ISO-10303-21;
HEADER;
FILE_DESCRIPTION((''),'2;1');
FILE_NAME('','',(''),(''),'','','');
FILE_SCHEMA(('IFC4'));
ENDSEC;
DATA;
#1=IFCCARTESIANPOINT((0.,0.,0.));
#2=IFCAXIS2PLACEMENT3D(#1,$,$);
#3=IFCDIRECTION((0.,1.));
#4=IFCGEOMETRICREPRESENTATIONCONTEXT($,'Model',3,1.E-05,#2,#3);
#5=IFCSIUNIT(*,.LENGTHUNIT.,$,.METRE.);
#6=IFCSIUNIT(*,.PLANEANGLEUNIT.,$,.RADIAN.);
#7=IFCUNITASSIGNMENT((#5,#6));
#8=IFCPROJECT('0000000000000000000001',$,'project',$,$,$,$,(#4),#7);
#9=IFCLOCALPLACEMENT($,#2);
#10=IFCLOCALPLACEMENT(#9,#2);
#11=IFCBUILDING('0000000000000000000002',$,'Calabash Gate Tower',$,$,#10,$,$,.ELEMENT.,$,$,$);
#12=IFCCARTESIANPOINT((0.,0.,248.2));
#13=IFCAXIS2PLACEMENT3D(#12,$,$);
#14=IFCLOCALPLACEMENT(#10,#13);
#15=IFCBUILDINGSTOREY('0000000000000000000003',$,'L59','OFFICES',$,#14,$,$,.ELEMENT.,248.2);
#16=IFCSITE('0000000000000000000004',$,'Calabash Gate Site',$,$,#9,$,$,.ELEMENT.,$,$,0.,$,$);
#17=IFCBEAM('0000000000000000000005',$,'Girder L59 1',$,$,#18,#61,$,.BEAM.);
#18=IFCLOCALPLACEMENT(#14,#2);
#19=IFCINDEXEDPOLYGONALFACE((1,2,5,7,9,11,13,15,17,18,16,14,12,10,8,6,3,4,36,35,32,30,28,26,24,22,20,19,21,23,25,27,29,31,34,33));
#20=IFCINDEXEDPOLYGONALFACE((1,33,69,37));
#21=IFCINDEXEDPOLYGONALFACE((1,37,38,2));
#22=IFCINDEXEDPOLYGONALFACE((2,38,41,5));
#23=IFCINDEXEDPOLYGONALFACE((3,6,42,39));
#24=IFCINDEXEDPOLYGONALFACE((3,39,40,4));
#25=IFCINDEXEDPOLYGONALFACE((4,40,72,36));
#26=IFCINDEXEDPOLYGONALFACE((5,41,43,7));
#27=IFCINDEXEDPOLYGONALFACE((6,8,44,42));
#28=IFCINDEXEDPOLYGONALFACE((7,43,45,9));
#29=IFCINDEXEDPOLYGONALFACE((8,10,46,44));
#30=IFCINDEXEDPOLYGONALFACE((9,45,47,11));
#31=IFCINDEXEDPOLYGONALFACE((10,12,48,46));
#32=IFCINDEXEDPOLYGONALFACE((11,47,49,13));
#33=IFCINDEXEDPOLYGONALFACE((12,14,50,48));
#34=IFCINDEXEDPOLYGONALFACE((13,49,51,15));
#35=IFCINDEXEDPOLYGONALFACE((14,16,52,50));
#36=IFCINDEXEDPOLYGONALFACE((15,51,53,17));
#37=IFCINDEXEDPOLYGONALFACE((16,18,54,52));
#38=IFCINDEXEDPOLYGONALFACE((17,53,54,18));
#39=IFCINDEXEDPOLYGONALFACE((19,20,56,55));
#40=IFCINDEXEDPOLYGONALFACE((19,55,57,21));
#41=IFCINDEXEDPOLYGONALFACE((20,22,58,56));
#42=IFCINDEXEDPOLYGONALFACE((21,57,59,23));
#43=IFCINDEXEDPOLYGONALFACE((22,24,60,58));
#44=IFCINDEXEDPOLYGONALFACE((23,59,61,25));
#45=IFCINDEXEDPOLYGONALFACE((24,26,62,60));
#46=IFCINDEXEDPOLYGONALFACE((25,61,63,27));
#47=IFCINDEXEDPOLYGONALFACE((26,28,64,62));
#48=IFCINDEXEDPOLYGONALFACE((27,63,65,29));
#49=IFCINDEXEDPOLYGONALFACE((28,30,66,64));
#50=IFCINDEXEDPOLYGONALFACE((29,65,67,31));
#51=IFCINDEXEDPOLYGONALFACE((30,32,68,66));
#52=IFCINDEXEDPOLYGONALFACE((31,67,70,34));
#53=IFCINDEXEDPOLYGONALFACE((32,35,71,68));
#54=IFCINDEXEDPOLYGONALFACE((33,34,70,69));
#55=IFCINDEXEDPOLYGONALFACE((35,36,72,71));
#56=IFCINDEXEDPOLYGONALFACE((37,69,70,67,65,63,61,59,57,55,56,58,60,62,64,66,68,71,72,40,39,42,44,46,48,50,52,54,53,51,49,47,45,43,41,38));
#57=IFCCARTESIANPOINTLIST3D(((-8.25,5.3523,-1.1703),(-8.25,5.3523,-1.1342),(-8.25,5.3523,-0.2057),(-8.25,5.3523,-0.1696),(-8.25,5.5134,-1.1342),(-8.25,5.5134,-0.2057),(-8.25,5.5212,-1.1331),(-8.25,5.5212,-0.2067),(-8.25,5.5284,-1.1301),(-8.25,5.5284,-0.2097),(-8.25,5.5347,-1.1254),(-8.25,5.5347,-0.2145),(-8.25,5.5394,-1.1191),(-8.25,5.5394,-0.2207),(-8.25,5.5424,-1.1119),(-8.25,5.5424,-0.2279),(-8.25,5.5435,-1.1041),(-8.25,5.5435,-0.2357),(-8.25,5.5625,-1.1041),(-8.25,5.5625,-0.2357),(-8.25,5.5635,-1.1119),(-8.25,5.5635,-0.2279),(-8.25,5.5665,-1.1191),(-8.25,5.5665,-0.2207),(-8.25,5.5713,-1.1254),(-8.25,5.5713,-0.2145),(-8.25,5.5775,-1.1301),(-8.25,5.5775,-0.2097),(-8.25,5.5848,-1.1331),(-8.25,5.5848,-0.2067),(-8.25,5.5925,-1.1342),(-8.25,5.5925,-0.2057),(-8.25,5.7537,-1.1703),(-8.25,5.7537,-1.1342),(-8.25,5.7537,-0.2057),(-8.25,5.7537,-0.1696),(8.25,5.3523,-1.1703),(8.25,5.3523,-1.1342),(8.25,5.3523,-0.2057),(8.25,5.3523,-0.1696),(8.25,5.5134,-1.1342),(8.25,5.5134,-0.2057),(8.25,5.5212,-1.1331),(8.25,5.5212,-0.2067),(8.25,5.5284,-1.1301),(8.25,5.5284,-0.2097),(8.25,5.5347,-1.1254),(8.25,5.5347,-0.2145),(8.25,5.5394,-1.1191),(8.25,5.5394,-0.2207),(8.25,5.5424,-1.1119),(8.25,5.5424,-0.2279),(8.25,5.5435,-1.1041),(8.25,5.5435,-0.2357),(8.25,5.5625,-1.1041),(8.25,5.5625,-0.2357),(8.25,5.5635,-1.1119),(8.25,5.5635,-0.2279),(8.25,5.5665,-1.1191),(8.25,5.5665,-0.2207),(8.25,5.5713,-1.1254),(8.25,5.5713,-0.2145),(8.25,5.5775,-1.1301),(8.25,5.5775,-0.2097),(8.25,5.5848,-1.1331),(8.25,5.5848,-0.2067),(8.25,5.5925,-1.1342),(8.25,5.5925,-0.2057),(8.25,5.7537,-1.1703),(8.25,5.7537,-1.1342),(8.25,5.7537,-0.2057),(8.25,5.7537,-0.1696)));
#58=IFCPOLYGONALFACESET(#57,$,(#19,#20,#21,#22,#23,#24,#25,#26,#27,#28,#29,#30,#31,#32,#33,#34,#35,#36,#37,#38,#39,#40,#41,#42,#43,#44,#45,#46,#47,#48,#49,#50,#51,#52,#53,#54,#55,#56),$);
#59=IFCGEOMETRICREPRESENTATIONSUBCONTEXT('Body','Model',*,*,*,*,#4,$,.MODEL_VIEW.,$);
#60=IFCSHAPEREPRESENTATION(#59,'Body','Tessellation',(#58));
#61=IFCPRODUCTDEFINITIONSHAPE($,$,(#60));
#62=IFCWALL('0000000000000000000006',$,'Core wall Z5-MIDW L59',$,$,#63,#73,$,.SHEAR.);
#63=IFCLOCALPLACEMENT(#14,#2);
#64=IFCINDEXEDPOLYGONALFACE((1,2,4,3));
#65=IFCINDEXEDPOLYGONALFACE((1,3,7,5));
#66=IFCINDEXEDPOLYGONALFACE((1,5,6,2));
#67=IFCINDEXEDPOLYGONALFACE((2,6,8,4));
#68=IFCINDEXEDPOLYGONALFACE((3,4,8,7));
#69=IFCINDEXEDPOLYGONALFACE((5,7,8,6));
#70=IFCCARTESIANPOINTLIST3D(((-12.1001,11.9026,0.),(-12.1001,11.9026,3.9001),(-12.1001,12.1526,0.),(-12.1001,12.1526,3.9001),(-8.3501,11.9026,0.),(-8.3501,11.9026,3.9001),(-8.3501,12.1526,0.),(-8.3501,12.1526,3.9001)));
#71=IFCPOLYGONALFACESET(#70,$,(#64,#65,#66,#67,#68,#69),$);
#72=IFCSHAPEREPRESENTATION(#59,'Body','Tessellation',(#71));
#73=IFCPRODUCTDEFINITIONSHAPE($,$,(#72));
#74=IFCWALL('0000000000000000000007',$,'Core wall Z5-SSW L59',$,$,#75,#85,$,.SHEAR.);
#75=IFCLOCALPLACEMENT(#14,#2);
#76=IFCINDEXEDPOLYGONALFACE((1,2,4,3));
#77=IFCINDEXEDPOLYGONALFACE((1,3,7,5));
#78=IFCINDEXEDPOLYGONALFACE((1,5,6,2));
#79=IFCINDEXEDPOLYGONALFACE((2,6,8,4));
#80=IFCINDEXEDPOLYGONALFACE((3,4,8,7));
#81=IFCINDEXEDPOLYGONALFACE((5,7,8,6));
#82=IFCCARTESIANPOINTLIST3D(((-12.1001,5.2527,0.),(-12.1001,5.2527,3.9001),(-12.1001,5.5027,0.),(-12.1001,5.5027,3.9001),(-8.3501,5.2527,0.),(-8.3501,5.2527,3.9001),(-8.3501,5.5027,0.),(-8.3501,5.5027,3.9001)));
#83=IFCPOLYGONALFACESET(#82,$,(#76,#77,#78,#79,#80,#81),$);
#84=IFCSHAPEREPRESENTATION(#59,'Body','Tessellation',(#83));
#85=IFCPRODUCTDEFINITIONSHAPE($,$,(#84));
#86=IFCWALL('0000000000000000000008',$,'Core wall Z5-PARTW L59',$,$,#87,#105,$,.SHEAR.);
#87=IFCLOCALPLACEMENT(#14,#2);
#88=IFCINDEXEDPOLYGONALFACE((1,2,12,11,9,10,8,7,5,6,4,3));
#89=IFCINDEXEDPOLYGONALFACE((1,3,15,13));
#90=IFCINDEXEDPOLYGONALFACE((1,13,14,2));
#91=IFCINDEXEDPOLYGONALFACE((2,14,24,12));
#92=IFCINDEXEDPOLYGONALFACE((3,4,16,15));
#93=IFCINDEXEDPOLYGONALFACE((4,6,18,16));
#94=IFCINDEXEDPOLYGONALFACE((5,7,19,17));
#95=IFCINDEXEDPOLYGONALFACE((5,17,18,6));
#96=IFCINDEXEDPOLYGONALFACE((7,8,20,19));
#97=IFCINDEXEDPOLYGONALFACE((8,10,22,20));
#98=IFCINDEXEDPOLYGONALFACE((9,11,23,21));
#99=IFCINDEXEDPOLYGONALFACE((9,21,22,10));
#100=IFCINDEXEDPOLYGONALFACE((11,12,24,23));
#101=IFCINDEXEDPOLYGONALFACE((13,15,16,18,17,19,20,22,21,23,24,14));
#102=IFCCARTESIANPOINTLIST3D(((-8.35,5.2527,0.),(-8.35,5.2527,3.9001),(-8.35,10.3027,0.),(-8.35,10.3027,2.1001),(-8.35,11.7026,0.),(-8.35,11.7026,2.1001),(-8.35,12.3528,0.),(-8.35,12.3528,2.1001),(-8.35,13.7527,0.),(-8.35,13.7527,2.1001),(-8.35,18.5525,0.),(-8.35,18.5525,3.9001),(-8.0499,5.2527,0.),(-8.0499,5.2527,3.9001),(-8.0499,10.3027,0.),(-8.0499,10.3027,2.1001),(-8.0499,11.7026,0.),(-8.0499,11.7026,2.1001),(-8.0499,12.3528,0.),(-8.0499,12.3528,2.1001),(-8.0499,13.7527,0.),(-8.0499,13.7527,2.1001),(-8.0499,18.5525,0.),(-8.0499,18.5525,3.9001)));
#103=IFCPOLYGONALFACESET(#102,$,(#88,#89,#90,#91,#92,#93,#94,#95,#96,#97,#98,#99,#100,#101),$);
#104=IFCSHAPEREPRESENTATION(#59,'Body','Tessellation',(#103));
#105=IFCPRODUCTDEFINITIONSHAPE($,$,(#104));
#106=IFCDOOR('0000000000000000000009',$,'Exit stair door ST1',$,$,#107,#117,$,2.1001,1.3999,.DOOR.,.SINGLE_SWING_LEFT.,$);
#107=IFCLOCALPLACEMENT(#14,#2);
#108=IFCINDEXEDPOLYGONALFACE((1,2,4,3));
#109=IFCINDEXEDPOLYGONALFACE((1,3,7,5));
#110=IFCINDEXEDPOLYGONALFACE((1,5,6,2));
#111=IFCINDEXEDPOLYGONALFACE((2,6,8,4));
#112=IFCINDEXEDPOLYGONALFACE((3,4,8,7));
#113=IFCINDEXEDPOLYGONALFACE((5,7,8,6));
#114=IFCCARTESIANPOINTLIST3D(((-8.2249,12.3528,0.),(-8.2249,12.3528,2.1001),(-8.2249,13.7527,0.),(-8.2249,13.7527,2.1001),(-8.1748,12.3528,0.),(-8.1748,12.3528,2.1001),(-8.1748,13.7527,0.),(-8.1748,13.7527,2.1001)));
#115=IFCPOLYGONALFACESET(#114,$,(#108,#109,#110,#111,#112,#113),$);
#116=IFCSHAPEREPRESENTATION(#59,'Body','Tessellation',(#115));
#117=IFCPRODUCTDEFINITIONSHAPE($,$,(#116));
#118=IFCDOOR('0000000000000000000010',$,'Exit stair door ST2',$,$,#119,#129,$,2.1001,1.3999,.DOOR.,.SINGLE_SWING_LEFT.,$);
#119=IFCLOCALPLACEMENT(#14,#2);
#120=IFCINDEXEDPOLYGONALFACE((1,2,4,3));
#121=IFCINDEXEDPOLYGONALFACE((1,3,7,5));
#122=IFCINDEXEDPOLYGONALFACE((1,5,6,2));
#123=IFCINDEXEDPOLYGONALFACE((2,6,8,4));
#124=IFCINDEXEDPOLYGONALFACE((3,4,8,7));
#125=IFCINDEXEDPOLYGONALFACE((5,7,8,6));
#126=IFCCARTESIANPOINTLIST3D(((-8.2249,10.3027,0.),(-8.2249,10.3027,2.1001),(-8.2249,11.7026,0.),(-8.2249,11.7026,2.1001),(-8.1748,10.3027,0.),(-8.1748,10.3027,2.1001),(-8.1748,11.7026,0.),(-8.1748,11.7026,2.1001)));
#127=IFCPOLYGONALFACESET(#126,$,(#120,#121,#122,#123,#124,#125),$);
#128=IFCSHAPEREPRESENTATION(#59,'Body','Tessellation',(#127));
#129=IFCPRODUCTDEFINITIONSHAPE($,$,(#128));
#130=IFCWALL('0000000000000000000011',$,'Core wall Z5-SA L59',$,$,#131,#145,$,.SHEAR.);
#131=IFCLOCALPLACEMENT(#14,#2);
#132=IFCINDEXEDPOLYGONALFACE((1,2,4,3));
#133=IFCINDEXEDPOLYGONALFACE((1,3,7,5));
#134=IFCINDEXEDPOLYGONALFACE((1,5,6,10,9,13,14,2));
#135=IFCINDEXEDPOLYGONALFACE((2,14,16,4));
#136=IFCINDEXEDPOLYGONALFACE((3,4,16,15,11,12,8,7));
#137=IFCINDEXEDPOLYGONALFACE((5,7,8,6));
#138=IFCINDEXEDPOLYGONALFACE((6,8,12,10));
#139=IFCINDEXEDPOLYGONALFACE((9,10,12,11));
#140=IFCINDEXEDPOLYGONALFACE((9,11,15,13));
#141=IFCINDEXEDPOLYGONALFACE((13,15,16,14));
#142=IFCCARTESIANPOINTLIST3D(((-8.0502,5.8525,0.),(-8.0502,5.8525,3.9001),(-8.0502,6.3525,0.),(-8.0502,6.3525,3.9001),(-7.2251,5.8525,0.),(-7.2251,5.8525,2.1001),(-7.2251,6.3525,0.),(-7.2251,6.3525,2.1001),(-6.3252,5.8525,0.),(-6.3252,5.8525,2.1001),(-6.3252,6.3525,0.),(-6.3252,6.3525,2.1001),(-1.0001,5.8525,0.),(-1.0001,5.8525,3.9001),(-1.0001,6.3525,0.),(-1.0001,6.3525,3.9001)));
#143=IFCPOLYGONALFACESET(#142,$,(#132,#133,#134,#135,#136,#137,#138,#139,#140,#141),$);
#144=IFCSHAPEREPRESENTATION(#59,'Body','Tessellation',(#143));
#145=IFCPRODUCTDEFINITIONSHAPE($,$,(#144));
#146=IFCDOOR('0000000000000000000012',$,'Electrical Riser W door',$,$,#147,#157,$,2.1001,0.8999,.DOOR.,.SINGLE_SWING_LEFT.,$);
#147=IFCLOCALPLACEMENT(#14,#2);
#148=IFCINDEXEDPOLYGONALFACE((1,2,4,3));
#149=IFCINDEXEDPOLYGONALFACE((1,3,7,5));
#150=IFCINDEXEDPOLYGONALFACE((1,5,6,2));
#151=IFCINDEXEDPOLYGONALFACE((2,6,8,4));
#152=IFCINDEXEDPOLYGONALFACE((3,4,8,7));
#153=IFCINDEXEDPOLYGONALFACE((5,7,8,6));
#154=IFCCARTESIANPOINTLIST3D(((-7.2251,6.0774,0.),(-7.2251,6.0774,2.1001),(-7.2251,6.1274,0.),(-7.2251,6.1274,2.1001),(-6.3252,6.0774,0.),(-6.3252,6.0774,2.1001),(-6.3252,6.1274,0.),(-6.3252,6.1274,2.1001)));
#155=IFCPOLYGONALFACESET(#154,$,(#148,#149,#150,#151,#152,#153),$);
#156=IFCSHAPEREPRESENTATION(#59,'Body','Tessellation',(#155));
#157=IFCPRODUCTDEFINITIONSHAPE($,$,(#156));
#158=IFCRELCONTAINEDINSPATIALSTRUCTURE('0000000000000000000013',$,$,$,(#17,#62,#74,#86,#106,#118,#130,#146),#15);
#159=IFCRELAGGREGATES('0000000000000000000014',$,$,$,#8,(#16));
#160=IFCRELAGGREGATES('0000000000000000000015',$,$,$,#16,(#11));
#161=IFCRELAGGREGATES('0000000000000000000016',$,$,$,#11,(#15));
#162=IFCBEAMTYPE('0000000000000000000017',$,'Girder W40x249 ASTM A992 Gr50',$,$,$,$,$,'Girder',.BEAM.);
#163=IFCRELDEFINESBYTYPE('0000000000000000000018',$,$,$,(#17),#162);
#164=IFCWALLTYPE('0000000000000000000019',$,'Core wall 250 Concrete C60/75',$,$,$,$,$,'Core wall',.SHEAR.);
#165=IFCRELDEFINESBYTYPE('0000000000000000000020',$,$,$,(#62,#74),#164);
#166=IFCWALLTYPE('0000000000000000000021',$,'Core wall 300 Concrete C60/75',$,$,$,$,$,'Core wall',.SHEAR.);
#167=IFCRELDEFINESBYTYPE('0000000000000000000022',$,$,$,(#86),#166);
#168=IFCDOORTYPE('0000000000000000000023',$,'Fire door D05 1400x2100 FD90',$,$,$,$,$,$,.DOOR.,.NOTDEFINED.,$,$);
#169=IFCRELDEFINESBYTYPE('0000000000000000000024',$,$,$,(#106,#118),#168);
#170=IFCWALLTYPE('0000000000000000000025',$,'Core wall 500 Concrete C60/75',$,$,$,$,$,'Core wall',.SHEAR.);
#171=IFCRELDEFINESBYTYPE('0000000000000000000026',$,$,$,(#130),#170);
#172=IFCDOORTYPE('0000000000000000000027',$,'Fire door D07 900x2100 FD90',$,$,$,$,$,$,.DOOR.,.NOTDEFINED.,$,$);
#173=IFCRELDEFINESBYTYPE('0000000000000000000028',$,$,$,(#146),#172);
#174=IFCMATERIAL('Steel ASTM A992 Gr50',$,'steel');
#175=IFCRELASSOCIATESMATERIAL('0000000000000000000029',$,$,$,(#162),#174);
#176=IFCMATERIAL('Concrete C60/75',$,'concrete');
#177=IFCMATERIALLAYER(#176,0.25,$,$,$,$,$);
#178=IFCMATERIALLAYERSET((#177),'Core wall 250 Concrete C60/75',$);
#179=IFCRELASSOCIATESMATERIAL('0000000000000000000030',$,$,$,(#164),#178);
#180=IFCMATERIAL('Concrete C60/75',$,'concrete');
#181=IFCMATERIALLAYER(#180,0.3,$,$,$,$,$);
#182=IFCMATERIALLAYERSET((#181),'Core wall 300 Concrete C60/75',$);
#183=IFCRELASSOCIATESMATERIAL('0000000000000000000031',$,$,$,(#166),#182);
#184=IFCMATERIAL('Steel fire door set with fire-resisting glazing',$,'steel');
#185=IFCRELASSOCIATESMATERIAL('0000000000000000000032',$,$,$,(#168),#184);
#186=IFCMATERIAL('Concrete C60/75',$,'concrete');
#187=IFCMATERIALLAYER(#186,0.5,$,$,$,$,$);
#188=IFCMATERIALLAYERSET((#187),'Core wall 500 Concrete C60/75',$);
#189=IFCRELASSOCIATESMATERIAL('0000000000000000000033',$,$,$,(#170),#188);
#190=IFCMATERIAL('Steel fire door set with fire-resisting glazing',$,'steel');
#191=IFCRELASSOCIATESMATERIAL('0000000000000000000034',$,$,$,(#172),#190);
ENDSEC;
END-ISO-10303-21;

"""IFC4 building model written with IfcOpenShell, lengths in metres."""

from ifc_helpers import new_model, si_unit, direction, frame, frame_2d, origin, origin_2d, place, context, subcontext, project, spatial, rectangle, i_section, extrude, material, layer, layer_set, material_profile, profile_set, type_object, element, fill, save


model = new_model("IFC4")

# Units and contexts
model_context = context("Model", 3, precision=1e-05, world=origin(), true_north=direction((0.0, 1.0)))
body_context = subcontext(model_context, "Body", "Model", "MODEL_VIEW")
ifc_project = project(units=[si_unit("LENGTHUNIT", "METRE"), si_unit("PLANEANGLEUNIT", "RADIAN")], contexts=[model_context])

# Site, building, storey
site_placement = place(None, origin())
site = spatial("IfcSite", under=ifc_project, at=site_placement, Name="Calabash Gate Site", CompositionType="ELEMENT", RefElevation=0.0)
building_placement = place(site_placement, origin())
building = spatial("IfcBuilding", under=site, at=building_placement, Name="Calabash Gate Tower", CompositionType="ELEMENT")
storey_placement = place(building_placement, frame((0.0, 0.0, 248.2)))
storey = spatial("IfcBuildingStorey", under=building, at=storey_placement, Name="L59", Description="OFFICES", CompositionType="ELEMENT", Elevation=248.2)

# Beam
ifc_material_1 = material(Name="Steel ASTM A992 Gr50", Category="steel")
ifc_material_profile = material_profile(ifc_material_1, i_section(OverallWidth=0.4014, OverallDepth=1.0007, WebThickness=0.019, FlangeThickness=0.0361, FilletRadius=0.03, at=origin_2d()))
ifc_profile_set = profile_set([ifc_material_profile], Name="Steel ASTM A992 Gr50")
beam_type = type_object("IfcBeamType", Name="Girder W40x249 ASTM A992 Gr50", ElementType="Girder", PredefinedType="BEAM", material=ifc_profile_set)
beam_placement = place(storey_placement, frame((-8.25, 5.553, -0.6699), z_axis=(1.0, 0.0, 0.0), x_axis=(0.0, 1.0, 0.0)))
element("IfcBeam", 1, at=beam_placement, inside=storey, type_object=beam_type, Name="Girder L59 1", PredefinedType="BEAM", context=body_context, shape_type="SweptSolid", body=[
    extrude(i_section(OverallWidth=0.4014, OverallDepth=1.0007, WebThickness=0.019, FlangeThickness=0.0361, FilletRadius=0.03, at=origin_2d()), origin(), (0.0, 0.0, 1.0), 16.5),
])

# Walls
ifc_material_2 = material(Name="Concrete C60/75", Category="concrete")
ifc_layer_1 = layer(ifc_material_2, 0.25)
ifc_layer_set_1 = layer_set([ifc_layer_1], Name="Core wall 250 Concrete C60/75")
wall_type_1 = type_object("IfcWallType", Name="Core wall 250 Concrete C60/75", ElementType="Core wall", PredefinedType="SHEAR", material=ifc_layer_set_1)
for number, where, z_axis, x_axis, name in (
    (2, (-12.1001, 12.0276, 0.0), (0.0, 0.0, 1.0), (1.0, 0.0, 0.0), "Core wall Z5-MIDW L59"),
    (3, (-12.1001, 5.3777, 0.0), (0.0, 0.0, 1.0), (1.0, 0.0, 0.0), "Core wall Z5-SSW L59"),
):
    element("IfcWall", number, at=place(storey_placement, frame(where, z_axis=z_axis, x_axis=x_axis)), inside=storey, type_object=wall_type_1, Name=name, PredefinedType="SHEAR", context=body_context, shape_type="SweptSolid", body=[
        extrude(rectangle(XDim=3.75, YDim=0.25, at=frame_2d((1.875, 0.0))), origin(), (0.0, 0.0, 1.0), 3.9001),
    ])

# Wall, openings, doors
ifc_material_3 = material(Name="Concrete C60/75", Category="concrete")
ifc_layer_2 = layer(ifc_material_3, 0.3)
ifc_layer_set_2 = layer_set([ifc_layer_2], Name="Core wall 300 Concrete C60/75")
wall_type_2 = type_object("IfcWallType", Name="Core wall 300 Concrete C60/75", ElementType="Core wall", PredefinedType="SHEAR", material=ifc_layer_set_2)
wall_1_placement = place(storey_placement, frame((-8.2, 5.2527, 0.0), z_axis=(0.0, 0.0, 1.0), x_axis=(0.0, 1.0, 0.0)))
wall_1 = element("IfcWall", 4, at=wall_1_placement, inside=storey, type_object=wall_type_2, Name="Core wall Z5-PARTW L59", PredefinedType="SHEAR", context=body_context, shape_type="SweptSolid", body=[
    extrude(rectangle(XDim=13.2998, YDim=0.3, at=frame_2d((6.6499, 0.0))), origin(), (0.0, 0.0, 1.0), 3.9001),
])
opening_1_placement = place(wall_1_placement, frame((7.1001, 0.0, 0.0)))
opening_1 = element("IfcOpeningElement", 5, at=opening_1_placement, cuts=wall_1, PredefinedType="OPENING", context=body_context, shape_type="SweptSolid", body=[
    extrude(rectangle(XDim=1.3999, YDim=2.1001, at=frame_2d((0.7, 1.05))), frame((0.0, 0.1599, 0.0), z_axis=(0.0, -1.0, 0.0), x_axis=(1.0, 0.0, 0.0)), (0.0, 0.0, 1.0), 0.3201),
])
opening_2_placement = place(wall_1_placement, frame((5.05, 0.0, 0.0)))
opening_2 = element("IfcOpeningElement", 6, at=opening_2_placement, cuts=wall_1, PredefinedType="OPENING", context=body_context, shape_type="SweptSolid", body=[
    extrude(rectangle(XDim=1.3999, YDim=2.1001, at=frame_2d((0.7, 1.05))), frame((0.0, 0.1599, 0.0), z_axis=(0.0, -1.0, 0.0), x_axis=(1.0, 0.0, 0.0)), (0.0, 0.0, 1.0), 0.3201),
])
ifc_material_4 = material(Name="Steel fire door set with fire-resisting glazing", Category="steel")
door_type_1 = type_object("IfcDoorType", Name="Fire door D05 1400x2100 FD90", OperationType="NOTDEFINED", PredefinedType="DOOR", material=ifc_material_4)
door_1_placement = place(opening_1_placement, origin())
door_1 = element("IfcDoor", 7, at=door_1_placement, inside=storey, type_object=door_type_1, Name="Exit stair door ST1", OperationType="SINGLE_SWING_LEFT", OverallHeight=2.1001, OverallWidth=1.3999, PredefinedType="DOOR", context=body_context, shape_type="SweptSolid", body=[
    extrude(rectangle(XDim=1.3999, YDim=2.1001, at=frame_2d((0.7, 1.05))), frame((0.0, 0.0249, 0.0), z_axis=(0.0, -1.0, 0.0), x_axis=(1.0, 0.0, 0.0)), (0.0, 0.0, 1.0), 0.05),
])
fill(opening_1, door_1)
door_2_placement = place(opening_2_placement, origin())
door_2 = element("IfcDoor", 8, at=door_2_placement, inside=storey, type_object=door_type_1, Name="Exit stair door ST2", OperationType="SINGLE_SWING_LEFT", OverallHeight=2.1001, OverallWidth=1.3999, PredefinedType="DOOR", context=body_context, shape_type="SweptSolid", body=[
    extrude(rectangle(XDim=1.3999, YDim=2.1001, at=frame_2d((0.7, 1.05))), frame((0.0, 0.0249, 0.0), z_axis=(0.0, -1.0, 0.0), x_axis=(1.0, 0.0, 0.0)), (0.0, 0.0, 1.0), 0.05),
])
fill(opening_2, door_2)

# Wall, opening, door
ifc_material_5 = material(Name="Concrete C60/75", Category="concrete")
ifc_layer_3 = layer(ifc_material_5, 0.5)
ifc_layer_set_3 = layer_set([ifc_layer_3], Name="Core wall 500 Concrete C60/75")
wall_type_3 = type_object("IfcWallType", Name="Core wall 500 Concrete C60/75", ElementType="Core wall", PredefinedType="SHEAR", material=ifc_layer_set_3)
wall_2_placement = place(storey_placement, frame((-8.05, 6.1025, 0.0), z_axis=(0.0, 0.0, 1.0), x_axis=(1.0, 0.0, 0.0)))
wall_2 = element("IfcWall", 9, at=wall_2_placement, inside=storey, type_object=wall_type_3, Name="Core wall Z5-SA L59", PredefinedType="SHEAR", context=body_context, shape_type="SweptSolid", body=[
    extrude(rectangle(XDim=7.05, YDim=0.5, at=frame_2d((3.5249, 0.0))), origin(), (0.0, 0.0, 1.0), 3.9001),
])
opening_3_placement = place(wall_2_placement, frame((0.825, 0.0, 0.0)))
opening_3 = element("IfcOpeningElement", 10, at=opening_3_placement, cuts=wall_2, PredefinedType="OPENING", context=body_context, shape_type="SweptSolid", body=[
    extrude(rectangle(XDim=0.8999, YDim=2.1001, at=frame_2d((0.45, 1.05))), frame((0.0, 0.26, 0.0), z_axis=(0.0, -1.0, 0.0), x_axis=(1.0, 0.0, 0.0)), (0.0, 0.0, 1.0), 0.52),
])
ifc_material_6 = material(Name="Steel fire door set with fire-resisting glazing", Category="steel")
door_type_2 = type_object("IfcDoorType", Name="Fire door D07 900x2100 FD90", OperationType="NOTDEFINED", PredefinedType="DOOR", material=ifc_material_6)
door_3_placement = place(opening_3_placement, origin())
door_3 = element("IfcDoor", 11, at=door_3_placement, inside=storey, type_object=door_type_2, Name="Electrical Riser W door", OperationType="SINGLE_SWING_LEFT", OverallHeight=2.1001, OverallWidth=0.8999, PredefinedType="DOOR", context=body_context, shape_type="SweptSolid", body=[
    extrude(rectangle(XDim=0.8999, YDim=2.1001, at=frame_2d((0.45, 1.05))), frame((0.0, 0.0249, 0.0), z_axis=(0.0, -1.0, 0.0), x_axis=(1.0, 0.0, 0.0)), (0.0, 0.0, 1.0), 0.05),
])
fill(opening_3, door_3)

save(model, "model.ifc")
